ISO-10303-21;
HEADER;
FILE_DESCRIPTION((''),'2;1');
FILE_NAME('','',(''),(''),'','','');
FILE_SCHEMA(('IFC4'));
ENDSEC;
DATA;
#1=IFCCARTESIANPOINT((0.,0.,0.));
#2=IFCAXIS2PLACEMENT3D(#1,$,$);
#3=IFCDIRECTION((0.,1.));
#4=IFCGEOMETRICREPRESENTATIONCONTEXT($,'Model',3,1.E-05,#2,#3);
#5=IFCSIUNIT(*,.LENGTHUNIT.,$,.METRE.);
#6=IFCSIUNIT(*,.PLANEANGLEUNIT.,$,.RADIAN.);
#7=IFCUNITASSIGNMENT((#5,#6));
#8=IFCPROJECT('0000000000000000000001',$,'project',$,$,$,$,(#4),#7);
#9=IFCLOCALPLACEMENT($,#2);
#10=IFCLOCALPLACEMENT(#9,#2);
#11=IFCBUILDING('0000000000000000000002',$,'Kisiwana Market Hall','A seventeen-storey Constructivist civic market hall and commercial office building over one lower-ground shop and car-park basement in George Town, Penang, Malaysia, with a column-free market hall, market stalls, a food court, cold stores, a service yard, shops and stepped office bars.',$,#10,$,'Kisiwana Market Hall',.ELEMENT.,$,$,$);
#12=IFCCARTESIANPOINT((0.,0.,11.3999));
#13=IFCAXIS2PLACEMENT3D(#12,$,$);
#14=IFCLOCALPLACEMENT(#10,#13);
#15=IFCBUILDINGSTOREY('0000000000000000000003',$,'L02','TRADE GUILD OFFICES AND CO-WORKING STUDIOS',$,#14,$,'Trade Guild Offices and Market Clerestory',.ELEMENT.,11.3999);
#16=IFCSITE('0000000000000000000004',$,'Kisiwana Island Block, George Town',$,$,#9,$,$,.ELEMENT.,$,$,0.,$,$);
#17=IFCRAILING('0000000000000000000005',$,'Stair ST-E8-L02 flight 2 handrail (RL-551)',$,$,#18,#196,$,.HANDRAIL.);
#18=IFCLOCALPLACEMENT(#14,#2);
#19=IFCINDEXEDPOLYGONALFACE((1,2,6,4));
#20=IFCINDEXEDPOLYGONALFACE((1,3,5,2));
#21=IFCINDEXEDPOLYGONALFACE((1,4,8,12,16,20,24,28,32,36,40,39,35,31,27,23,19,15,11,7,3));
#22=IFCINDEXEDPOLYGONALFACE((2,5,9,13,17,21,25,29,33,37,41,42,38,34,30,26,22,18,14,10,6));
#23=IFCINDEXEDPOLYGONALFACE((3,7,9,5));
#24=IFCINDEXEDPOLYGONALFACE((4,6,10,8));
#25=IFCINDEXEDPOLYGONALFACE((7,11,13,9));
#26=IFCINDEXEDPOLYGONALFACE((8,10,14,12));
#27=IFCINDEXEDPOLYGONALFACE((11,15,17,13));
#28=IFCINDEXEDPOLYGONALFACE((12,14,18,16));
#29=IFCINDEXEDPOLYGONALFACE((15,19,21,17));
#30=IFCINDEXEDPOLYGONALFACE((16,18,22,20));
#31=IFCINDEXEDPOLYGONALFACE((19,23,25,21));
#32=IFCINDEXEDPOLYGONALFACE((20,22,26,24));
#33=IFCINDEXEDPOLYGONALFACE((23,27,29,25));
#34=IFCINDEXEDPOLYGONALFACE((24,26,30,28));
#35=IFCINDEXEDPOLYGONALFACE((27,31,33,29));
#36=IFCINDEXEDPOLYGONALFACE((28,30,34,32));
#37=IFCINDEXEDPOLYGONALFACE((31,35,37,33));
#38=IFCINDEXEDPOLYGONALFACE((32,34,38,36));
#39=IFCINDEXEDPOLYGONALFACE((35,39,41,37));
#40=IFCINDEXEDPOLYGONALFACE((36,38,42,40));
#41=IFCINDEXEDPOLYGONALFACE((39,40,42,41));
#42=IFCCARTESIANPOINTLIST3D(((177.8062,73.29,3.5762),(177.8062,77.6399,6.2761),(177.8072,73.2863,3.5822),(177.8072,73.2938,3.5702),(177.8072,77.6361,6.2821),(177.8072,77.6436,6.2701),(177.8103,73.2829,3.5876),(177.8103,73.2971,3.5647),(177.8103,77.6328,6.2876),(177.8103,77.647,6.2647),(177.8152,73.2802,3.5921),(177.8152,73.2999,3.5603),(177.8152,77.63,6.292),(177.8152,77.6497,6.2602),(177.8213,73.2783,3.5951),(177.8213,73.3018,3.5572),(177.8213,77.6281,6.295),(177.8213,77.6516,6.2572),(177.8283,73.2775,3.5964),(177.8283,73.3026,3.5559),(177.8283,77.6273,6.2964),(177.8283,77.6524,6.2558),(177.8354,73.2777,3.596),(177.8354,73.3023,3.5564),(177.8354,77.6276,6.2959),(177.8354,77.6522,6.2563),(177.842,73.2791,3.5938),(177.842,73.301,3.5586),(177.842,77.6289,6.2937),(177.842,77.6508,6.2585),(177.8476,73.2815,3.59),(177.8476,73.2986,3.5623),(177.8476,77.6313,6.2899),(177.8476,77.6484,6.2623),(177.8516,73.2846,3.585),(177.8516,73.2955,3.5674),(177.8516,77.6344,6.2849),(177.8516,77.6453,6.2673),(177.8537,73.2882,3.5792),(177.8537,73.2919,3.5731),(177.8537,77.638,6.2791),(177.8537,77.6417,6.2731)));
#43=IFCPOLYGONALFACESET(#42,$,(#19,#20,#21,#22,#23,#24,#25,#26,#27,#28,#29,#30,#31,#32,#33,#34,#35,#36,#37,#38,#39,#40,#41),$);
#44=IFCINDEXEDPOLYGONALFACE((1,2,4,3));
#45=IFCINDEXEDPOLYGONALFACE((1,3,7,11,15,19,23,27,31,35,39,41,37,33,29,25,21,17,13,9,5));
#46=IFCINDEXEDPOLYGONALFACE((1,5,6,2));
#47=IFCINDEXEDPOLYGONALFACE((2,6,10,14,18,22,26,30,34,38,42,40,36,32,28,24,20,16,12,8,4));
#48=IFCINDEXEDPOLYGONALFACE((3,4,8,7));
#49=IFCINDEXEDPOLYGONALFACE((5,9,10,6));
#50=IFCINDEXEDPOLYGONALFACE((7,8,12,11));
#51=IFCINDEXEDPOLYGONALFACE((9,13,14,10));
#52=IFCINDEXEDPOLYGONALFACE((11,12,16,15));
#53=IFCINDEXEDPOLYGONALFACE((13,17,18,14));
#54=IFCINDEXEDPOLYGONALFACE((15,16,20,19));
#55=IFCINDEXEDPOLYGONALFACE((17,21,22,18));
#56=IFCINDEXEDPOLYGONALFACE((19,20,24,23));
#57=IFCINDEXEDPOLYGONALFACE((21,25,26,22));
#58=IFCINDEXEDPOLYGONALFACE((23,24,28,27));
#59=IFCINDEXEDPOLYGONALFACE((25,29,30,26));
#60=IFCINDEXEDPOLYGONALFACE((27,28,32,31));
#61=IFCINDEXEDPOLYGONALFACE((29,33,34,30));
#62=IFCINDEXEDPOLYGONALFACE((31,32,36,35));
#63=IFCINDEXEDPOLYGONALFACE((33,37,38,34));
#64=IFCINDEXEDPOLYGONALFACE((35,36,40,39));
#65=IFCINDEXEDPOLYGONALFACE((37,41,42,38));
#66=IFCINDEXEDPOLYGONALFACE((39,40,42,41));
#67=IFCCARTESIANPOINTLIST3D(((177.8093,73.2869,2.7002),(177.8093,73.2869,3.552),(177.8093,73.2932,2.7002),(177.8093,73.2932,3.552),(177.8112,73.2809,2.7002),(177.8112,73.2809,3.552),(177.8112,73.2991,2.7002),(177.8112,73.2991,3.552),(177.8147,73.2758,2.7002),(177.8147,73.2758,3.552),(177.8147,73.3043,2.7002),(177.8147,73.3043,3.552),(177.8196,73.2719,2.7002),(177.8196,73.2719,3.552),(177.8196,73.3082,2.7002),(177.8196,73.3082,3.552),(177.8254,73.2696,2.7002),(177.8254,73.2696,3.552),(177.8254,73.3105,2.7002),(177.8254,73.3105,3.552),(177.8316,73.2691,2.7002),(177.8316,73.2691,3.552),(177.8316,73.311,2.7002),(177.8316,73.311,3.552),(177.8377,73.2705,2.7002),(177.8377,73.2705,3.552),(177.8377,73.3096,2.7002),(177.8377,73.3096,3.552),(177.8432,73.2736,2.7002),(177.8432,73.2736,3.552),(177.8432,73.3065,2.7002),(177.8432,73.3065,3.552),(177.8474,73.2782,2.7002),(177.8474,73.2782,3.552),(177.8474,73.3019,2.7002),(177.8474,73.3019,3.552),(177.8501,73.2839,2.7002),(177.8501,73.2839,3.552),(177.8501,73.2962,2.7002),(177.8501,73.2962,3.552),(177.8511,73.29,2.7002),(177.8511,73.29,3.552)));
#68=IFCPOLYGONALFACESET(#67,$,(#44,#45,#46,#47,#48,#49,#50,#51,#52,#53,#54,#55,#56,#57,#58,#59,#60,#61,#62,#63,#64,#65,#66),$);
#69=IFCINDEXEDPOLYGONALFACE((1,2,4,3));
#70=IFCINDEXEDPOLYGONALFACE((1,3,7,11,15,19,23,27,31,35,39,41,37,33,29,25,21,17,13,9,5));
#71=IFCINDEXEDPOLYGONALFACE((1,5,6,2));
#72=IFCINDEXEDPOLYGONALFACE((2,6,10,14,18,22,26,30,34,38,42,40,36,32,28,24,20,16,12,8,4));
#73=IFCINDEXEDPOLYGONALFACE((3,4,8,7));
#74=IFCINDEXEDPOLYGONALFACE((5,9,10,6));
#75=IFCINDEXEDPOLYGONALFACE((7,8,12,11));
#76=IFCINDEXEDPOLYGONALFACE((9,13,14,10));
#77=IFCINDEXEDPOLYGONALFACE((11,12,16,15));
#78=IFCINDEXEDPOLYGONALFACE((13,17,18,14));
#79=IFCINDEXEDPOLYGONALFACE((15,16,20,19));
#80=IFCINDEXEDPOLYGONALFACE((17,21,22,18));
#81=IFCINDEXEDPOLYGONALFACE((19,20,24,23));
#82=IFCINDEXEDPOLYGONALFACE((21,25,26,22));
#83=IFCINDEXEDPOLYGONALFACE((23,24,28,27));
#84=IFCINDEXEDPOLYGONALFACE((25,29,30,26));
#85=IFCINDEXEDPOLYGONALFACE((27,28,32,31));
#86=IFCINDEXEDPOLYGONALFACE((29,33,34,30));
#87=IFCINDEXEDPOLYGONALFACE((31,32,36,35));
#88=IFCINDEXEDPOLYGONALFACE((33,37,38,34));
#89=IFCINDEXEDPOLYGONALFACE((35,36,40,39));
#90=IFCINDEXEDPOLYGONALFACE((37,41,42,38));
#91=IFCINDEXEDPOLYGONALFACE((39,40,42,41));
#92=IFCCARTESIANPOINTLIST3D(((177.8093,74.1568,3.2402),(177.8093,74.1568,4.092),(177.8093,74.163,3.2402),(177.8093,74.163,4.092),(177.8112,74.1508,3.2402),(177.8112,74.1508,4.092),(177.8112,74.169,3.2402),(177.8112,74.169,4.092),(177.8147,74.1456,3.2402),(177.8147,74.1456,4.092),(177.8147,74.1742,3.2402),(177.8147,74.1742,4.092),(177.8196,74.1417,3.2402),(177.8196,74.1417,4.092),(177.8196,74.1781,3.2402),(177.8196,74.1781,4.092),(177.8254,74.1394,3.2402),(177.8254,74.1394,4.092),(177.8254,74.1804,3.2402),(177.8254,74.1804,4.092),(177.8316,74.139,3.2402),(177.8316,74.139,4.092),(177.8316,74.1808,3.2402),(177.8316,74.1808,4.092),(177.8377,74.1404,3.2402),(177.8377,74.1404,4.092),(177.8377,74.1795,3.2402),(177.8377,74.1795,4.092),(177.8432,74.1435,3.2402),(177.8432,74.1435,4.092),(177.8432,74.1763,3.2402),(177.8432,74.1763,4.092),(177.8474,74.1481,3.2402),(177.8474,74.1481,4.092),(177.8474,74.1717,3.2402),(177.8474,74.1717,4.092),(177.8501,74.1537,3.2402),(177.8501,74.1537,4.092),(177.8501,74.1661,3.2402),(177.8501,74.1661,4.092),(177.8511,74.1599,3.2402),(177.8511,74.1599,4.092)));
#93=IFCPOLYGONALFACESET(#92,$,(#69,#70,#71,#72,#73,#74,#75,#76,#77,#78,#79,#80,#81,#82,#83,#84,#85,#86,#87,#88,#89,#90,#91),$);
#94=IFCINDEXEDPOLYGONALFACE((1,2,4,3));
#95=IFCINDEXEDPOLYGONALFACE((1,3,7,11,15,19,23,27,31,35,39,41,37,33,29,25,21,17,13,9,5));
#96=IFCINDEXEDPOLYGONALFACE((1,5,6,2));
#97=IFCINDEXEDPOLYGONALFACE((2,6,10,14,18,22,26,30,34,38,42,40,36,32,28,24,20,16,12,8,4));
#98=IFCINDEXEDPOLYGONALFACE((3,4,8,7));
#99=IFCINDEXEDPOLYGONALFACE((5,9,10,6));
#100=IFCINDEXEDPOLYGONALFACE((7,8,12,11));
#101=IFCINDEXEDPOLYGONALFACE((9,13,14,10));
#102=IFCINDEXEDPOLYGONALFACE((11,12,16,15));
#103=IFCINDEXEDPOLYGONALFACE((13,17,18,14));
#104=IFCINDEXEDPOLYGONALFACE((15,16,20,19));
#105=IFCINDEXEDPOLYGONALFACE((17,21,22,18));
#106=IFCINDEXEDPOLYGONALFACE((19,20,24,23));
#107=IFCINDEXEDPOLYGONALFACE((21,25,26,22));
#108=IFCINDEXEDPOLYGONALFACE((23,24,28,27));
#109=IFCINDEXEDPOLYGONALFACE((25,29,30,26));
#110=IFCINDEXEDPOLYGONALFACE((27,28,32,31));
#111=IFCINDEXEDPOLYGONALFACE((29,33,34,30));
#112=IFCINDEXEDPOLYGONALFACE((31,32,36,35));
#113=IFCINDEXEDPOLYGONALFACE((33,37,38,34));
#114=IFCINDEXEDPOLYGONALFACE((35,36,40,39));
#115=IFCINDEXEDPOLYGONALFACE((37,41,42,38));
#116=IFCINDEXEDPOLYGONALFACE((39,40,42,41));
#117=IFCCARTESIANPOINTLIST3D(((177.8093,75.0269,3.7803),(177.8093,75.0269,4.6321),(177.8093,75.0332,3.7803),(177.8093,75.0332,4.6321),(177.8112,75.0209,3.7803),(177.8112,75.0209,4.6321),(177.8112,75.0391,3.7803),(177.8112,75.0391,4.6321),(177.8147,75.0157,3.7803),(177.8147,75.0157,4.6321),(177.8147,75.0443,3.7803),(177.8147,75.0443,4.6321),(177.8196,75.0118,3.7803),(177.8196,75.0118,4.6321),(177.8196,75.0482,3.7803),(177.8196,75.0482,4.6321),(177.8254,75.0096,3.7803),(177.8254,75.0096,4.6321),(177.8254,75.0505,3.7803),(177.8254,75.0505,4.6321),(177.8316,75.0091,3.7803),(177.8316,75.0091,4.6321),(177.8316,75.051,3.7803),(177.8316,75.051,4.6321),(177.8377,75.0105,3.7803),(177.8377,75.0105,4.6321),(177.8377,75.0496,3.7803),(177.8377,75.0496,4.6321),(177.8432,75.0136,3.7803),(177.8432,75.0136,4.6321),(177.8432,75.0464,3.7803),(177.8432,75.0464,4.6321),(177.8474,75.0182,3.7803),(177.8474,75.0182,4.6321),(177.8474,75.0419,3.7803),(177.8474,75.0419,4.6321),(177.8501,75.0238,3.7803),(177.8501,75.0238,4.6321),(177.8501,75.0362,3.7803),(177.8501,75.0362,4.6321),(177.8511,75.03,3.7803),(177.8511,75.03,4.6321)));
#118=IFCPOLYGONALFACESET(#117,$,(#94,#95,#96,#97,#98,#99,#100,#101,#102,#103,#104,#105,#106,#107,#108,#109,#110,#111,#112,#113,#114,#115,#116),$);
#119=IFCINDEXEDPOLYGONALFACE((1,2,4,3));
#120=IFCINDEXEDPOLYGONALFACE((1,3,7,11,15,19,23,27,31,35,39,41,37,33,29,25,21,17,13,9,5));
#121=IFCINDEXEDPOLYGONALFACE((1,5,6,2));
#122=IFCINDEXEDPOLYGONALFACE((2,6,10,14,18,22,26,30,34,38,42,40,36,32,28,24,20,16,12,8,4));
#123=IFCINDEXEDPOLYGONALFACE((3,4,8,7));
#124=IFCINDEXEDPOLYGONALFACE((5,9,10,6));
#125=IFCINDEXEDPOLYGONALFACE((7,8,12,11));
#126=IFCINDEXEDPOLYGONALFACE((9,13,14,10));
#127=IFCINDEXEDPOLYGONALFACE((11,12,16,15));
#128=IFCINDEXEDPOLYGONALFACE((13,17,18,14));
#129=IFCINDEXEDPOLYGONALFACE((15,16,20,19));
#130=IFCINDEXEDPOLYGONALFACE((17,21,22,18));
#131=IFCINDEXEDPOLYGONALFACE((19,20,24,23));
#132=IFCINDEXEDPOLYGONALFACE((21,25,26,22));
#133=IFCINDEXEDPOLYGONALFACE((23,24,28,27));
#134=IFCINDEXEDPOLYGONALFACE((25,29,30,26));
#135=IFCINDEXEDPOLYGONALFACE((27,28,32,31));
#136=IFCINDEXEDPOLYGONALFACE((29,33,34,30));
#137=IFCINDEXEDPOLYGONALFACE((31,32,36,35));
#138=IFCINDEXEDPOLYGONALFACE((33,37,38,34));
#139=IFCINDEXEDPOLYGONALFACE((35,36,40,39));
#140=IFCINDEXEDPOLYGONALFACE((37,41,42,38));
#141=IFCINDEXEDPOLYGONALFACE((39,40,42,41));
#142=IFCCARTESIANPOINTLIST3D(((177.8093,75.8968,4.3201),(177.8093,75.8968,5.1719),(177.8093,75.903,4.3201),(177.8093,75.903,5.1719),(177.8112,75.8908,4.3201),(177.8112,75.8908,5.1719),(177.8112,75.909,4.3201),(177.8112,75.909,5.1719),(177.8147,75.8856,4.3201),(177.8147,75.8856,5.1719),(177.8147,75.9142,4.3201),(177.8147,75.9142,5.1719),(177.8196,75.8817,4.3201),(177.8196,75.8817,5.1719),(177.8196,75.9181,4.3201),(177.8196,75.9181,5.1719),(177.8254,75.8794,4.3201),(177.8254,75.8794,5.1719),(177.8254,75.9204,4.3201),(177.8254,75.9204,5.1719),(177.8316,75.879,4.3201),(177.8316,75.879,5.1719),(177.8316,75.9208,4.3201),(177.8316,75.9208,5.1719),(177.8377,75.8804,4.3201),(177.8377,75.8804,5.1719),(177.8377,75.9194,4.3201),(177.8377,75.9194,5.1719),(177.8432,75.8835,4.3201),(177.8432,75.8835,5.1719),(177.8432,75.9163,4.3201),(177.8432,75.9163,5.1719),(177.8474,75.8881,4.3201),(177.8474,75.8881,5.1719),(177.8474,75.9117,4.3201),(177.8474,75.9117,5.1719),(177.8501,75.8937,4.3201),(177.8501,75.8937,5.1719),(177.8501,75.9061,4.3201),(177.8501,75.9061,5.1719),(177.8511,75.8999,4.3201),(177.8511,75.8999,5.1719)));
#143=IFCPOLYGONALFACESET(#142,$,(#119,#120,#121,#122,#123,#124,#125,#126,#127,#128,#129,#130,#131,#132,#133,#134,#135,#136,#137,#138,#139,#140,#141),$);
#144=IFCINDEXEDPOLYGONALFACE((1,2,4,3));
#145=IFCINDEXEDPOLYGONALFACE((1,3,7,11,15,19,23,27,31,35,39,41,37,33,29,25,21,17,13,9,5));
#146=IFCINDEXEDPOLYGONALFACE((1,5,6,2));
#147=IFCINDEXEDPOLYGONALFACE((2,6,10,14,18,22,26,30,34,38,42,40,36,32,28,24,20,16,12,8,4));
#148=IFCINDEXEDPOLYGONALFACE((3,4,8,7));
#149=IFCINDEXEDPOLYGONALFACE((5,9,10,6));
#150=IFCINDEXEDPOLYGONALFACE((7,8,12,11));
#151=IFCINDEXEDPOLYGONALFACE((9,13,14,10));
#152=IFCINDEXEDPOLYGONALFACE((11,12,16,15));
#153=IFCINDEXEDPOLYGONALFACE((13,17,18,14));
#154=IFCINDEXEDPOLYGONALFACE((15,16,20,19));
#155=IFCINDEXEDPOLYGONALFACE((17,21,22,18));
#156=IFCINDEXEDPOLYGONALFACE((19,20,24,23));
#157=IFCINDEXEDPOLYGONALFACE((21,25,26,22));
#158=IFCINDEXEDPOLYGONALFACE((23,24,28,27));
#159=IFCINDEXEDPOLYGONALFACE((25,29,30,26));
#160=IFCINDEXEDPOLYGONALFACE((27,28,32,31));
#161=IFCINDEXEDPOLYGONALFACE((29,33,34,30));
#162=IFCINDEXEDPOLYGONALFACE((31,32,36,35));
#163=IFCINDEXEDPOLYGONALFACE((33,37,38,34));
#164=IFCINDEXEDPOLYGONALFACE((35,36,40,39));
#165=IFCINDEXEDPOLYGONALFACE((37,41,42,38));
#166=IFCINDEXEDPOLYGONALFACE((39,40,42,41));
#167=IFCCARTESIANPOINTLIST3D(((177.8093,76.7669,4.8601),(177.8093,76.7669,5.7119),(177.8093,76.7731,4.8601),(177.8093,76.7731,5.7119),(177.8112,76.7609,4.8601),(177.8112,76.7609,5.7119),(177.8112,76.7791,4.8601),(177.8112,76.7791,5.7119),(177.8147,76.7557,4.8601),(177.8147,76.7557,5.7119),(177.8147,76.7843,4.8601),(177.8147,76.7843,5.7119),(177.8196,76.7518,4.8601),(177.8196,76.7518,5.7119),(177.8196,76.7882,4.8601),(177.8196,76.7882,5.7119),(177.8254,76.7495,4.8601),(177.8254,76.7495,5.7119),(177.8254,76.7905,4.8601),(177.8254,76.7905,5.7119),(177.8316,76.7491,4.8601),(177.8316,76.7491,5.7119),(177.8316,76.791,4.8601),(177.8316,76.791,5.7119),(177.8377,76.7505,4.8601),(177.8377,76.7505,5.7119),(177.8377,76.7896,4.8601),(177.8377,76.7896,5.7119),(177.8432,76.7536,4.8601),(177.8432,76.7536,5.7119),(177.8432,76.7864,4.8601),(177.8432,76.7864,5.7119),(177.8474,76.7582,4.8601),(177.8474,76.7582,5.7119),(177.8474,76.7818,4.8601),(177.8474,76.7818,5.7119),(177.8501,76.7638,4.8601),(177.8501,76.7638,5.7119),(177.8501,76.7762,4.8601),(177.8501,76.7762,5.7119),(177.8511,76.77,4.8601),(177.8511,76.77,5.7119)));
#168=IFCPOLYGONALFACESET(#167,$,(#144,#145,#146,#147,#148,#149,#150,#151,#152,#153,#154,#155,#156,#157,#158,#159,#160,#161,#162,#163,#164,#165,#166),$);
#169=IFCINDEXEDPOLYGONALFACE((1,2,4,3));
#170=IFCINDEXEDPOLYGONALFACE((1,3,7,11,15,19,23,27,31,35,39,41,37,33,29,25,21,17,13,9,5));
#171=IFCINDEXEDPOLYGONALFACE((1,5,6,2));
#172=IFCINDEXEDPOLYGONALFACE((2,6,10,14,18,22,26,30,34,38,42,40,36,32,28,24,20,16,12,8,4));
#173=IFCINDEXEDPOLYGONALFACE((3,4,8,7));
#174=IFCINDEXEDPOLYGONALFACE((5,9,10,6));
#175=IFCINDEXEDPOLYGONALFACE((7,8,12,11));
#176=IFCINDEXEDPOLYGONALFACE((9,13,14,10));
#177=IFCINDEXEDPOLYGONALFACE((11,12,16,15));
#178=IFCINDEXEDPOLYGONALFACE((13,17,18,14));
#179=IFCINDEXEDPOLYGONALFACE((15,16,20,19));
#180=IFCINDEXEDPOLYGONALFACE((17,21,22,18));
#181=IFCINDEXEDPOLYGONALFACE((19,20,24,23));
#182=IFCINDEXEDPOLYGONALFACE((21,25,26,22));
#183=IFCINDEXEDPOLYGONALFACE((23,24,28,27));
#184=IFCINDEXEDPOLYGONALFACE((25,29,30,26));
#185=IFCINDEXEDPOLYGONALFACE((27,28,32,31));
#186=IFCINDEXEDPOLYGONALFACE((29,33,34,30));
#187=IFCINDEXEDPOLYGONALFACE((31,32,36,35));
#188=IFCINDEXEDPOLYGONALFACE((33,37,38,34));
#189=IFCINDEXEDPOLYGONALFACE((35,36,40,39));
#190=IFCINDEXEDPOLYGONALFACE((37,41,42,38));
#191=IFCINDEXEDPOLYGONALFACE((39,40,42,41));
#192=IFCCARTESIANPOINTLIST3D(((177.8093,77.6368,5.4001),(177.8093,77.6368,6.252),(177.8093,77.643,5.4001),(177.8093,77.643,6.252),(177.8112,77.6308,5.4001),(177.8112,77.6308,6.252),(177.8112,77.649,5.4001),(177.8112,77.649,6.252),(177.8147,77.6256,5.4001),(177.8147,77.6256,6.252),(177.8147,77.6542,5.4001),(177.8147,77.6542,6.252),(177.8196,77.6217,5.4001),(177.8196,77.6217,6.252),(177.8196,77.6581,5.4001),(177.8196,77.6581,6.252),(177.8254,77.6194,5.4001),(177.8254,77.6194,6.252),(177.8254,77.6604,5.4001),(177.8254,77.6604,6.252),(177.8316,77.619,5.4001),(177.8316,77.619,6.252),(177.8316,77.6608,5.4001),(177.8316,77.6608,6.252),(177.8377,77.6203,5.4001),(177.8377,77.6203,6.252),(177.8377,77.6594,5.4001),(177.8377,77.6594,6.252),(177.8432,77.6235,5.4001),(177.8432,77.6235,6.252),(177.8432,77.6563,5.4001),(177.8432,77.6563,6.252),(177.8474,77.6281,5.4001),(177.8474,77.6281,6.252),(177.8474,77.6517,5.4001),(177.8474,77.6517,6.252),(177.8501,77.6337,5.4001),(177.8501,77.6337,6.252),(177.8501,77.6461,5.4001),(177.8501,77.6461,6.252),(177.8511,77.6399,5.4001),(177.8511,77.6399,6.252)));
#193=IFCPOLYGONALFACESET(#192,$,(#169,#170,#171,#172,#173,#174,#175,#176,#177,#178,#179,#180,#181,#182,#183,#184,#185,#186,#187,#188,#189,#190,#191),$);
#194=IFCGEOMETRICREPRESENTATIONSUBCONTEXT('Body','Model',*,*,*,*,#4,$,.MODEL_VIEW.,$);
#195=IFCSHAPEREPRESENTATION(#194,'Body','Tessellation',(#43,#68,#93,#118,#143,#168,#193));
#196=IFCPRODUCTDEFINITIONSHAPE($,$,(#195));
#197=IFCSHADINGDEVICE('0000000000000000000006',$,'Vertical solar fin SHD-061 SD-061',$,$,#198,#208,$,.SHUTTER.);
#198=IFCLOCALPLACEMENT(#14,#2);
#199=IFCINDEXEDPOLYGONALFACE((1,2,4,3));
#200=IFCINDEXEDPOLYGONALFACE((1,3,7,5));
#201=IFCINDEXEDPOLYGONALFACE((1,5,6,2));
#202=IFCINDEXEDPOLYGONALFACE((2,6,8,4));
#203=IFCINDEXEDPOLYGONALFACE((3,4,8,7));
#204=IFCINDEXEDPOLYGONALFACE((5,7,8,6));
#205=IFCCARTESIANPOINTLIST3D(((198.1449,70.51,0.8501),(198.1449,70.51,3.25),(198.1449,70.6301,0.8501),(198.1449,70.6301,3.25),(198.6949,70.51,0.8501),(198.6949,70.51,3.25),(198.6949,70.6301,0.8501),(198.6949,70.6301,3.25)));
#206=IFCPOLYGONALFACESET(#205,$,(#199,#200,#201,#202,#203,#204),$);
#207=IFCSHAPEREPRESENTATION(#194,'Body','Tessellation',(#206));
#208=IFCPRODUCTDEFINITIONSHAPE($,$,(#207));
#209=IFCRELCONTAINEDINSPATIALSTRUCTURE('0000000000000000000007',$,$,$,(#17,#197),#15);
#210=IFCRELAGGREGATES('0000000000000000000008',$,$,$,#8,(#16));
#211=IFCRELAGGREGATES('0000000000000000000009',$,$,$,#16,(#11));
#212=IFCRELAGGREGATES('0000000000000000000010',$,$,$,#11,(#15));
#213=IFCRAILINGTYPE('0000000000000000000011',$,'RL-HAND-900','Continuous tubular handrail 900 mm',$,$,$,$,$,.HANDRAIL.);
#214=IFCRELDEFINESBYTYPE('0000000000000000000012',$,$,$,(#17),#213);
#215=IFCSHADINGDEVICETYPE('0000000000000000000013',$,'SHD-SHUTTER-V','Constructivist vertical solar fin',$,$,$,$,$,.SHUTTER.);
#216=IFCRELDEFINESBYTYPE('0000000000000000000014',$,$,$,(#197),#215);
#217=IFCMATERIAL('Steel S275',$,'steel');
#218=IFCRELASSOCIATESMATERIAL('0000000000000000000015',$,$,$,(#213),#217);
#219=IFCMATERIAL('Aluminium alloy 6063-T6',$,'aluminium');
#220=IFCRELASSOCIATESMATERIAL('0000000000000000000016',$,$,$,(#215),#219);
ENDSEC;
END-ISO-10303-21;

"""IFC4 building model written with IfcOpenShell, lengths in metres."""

from ifc_helpers import new_model, si_unit, direction, frame, origin, origin_2d, place, context, subcontext, project, spatial, rectangle, circle, extrude, material, type_object, element, save


model = new_model("IFC4")

# Units and contexts
model_context = context("Model", 3, precision=1e-05, world=origin(), true_north=direction((0.0, 1.0)))
body_context = subcontext(model_context, "Body", "Model", "MODEL_VIEW")
ifc_project = project(units=[si_unit("LENGTHUNIT", "METRE"), si_unit("PLANEANGLEUNIT", "RADIAN")], contexts=[model_context])

# Site, building, storey
site_placement = place(None, origin())
site = spatial("IfcSite", under=ifc_project, at=site_placement, Name="Kisiwana Island Block, George Town", CompositionType="ELEMENT", RefElevation=0.0)
building_placement = place(site_placement, origin())
building = spatial("IfcBuilding", under=site, at=building_placement, Name="Kisiwana Market Hall", Description="A seventeen-storey Constructivist civic market hall and commercial office building over one lower-ground shop and car-park basement in George Town, Penang, Malaysia, with a column-free market hall, market stalls, a food court, cold stores, a service yard, shops and stepped office bars.", LongName="Kisiwana Market Hall", CompositionType="ELEMENT")
storey_placement = place(building_placement, frame((0.0, 0.0, 11.3999)))
storey = spatial("IfcBuildingStorey", under=building, at=storey_placement, Name="L02", Description="TRADE GUILD OFFICES AND CO-WORKING STUDIOS", LongName="Trade Guild Offices and Market Clerestory", CompositionType="ELEMENT", Elevation=11.3999)

# Railing
ifc_material_1 = material(Name="Steel S275", Category="steel")
railing_type = type_object("IfcRailingType", Name="RL-HAND-900", Description="Continuous tubular handrail 900 mm", PredefinedType="HANDRAIL", material=ifc_material_1)
for number, where, name in (
    (1, (177.8301, 73.29, 2.7002), "Stair ST-E8-L02 flight 2 handrail (RL-551)"),
):
    element("IfcRailing", number, at=place(storey_placement, frame(where)), inside=storey, type_object=railing_type, Name=name, PredefinedType="HANDRAIL", context=body_context, shape_type="SweptSolid", body=[
        extrude(circle(Radius=0.0239, at=origin_2d()), frame((0.0, 0.0, 0.876), z_axis=(0.0, 0.849636, 0.527369), x_axis=(-1.0, 0.0, 0.0)), (0.0, 0.0, 1.0), 5.1196),
        extrude(circle(Radius=0.021, at=origin_2d()), origin(), (0.0, 0.0, 1.0), 0.8518),
        extrude(circle(Radius=0.021, at=origin_2d()), frame((0.0, 0.8699, 0.54)), (0.0, 0.0, 1.0), 0.8518),
        extrude(circle(Radius=0.021, at=origin_2d()), frame((0.0, 1.74, 1.0801)), (0.0, 0.0, 1.0), 0.8518),
        extrude(circle(Radius=0.021, at=origin_2d()), frame((0.0, 2.6099, 1.6199)), (0.0, 0.0, 1.0), 0.8518),
        extrude(circle(Radius=0.021, at=origin_2d()), frame((0.0, 3.48, 2.1599)), (0.0, 0.0, 1.0), 0.8518),
        extrude(circle(Radius=0.021, at=origin_2d()), frame((0.0, 4.3499, 2.7)), (0.0, 0.0, 1.0), 0.8518),
    ])

# Shading device
ifc_material_2 = material(Name="Aluminium alloy 6063-T6", Category="aluminium")
shading_device_type = type_object("IfcShadingDeviceType", Name="SHD-SHUTTER-V", Description="Constructivist vertical solar fin", PredefinedType="SHUTTER", material=ifc_material_2)
shading_device_placement = place(storey_placement, frame((198.4199, 70.5701, 0.8501), z_axis=(0.0, 0.0, 1.0), x_axis=(0.0, 1.0, 0.0)))
element("IfcShadingDevice", 2, at=shading_device_placement, inside=storey, type_object=shading_device_type, Name="Vertical solar fin SHD-061 SD-061", PredefinedType="SHUTTER", context=body_context, shape_type="SweptSolid", body=[
    extrude(rectangle(XDim=0.1201, YDim=0.55, at=origin_2d()), origin(), (0.0, 0.0, 1.0), 2.3999),
])

save(model, "model.ifc")
